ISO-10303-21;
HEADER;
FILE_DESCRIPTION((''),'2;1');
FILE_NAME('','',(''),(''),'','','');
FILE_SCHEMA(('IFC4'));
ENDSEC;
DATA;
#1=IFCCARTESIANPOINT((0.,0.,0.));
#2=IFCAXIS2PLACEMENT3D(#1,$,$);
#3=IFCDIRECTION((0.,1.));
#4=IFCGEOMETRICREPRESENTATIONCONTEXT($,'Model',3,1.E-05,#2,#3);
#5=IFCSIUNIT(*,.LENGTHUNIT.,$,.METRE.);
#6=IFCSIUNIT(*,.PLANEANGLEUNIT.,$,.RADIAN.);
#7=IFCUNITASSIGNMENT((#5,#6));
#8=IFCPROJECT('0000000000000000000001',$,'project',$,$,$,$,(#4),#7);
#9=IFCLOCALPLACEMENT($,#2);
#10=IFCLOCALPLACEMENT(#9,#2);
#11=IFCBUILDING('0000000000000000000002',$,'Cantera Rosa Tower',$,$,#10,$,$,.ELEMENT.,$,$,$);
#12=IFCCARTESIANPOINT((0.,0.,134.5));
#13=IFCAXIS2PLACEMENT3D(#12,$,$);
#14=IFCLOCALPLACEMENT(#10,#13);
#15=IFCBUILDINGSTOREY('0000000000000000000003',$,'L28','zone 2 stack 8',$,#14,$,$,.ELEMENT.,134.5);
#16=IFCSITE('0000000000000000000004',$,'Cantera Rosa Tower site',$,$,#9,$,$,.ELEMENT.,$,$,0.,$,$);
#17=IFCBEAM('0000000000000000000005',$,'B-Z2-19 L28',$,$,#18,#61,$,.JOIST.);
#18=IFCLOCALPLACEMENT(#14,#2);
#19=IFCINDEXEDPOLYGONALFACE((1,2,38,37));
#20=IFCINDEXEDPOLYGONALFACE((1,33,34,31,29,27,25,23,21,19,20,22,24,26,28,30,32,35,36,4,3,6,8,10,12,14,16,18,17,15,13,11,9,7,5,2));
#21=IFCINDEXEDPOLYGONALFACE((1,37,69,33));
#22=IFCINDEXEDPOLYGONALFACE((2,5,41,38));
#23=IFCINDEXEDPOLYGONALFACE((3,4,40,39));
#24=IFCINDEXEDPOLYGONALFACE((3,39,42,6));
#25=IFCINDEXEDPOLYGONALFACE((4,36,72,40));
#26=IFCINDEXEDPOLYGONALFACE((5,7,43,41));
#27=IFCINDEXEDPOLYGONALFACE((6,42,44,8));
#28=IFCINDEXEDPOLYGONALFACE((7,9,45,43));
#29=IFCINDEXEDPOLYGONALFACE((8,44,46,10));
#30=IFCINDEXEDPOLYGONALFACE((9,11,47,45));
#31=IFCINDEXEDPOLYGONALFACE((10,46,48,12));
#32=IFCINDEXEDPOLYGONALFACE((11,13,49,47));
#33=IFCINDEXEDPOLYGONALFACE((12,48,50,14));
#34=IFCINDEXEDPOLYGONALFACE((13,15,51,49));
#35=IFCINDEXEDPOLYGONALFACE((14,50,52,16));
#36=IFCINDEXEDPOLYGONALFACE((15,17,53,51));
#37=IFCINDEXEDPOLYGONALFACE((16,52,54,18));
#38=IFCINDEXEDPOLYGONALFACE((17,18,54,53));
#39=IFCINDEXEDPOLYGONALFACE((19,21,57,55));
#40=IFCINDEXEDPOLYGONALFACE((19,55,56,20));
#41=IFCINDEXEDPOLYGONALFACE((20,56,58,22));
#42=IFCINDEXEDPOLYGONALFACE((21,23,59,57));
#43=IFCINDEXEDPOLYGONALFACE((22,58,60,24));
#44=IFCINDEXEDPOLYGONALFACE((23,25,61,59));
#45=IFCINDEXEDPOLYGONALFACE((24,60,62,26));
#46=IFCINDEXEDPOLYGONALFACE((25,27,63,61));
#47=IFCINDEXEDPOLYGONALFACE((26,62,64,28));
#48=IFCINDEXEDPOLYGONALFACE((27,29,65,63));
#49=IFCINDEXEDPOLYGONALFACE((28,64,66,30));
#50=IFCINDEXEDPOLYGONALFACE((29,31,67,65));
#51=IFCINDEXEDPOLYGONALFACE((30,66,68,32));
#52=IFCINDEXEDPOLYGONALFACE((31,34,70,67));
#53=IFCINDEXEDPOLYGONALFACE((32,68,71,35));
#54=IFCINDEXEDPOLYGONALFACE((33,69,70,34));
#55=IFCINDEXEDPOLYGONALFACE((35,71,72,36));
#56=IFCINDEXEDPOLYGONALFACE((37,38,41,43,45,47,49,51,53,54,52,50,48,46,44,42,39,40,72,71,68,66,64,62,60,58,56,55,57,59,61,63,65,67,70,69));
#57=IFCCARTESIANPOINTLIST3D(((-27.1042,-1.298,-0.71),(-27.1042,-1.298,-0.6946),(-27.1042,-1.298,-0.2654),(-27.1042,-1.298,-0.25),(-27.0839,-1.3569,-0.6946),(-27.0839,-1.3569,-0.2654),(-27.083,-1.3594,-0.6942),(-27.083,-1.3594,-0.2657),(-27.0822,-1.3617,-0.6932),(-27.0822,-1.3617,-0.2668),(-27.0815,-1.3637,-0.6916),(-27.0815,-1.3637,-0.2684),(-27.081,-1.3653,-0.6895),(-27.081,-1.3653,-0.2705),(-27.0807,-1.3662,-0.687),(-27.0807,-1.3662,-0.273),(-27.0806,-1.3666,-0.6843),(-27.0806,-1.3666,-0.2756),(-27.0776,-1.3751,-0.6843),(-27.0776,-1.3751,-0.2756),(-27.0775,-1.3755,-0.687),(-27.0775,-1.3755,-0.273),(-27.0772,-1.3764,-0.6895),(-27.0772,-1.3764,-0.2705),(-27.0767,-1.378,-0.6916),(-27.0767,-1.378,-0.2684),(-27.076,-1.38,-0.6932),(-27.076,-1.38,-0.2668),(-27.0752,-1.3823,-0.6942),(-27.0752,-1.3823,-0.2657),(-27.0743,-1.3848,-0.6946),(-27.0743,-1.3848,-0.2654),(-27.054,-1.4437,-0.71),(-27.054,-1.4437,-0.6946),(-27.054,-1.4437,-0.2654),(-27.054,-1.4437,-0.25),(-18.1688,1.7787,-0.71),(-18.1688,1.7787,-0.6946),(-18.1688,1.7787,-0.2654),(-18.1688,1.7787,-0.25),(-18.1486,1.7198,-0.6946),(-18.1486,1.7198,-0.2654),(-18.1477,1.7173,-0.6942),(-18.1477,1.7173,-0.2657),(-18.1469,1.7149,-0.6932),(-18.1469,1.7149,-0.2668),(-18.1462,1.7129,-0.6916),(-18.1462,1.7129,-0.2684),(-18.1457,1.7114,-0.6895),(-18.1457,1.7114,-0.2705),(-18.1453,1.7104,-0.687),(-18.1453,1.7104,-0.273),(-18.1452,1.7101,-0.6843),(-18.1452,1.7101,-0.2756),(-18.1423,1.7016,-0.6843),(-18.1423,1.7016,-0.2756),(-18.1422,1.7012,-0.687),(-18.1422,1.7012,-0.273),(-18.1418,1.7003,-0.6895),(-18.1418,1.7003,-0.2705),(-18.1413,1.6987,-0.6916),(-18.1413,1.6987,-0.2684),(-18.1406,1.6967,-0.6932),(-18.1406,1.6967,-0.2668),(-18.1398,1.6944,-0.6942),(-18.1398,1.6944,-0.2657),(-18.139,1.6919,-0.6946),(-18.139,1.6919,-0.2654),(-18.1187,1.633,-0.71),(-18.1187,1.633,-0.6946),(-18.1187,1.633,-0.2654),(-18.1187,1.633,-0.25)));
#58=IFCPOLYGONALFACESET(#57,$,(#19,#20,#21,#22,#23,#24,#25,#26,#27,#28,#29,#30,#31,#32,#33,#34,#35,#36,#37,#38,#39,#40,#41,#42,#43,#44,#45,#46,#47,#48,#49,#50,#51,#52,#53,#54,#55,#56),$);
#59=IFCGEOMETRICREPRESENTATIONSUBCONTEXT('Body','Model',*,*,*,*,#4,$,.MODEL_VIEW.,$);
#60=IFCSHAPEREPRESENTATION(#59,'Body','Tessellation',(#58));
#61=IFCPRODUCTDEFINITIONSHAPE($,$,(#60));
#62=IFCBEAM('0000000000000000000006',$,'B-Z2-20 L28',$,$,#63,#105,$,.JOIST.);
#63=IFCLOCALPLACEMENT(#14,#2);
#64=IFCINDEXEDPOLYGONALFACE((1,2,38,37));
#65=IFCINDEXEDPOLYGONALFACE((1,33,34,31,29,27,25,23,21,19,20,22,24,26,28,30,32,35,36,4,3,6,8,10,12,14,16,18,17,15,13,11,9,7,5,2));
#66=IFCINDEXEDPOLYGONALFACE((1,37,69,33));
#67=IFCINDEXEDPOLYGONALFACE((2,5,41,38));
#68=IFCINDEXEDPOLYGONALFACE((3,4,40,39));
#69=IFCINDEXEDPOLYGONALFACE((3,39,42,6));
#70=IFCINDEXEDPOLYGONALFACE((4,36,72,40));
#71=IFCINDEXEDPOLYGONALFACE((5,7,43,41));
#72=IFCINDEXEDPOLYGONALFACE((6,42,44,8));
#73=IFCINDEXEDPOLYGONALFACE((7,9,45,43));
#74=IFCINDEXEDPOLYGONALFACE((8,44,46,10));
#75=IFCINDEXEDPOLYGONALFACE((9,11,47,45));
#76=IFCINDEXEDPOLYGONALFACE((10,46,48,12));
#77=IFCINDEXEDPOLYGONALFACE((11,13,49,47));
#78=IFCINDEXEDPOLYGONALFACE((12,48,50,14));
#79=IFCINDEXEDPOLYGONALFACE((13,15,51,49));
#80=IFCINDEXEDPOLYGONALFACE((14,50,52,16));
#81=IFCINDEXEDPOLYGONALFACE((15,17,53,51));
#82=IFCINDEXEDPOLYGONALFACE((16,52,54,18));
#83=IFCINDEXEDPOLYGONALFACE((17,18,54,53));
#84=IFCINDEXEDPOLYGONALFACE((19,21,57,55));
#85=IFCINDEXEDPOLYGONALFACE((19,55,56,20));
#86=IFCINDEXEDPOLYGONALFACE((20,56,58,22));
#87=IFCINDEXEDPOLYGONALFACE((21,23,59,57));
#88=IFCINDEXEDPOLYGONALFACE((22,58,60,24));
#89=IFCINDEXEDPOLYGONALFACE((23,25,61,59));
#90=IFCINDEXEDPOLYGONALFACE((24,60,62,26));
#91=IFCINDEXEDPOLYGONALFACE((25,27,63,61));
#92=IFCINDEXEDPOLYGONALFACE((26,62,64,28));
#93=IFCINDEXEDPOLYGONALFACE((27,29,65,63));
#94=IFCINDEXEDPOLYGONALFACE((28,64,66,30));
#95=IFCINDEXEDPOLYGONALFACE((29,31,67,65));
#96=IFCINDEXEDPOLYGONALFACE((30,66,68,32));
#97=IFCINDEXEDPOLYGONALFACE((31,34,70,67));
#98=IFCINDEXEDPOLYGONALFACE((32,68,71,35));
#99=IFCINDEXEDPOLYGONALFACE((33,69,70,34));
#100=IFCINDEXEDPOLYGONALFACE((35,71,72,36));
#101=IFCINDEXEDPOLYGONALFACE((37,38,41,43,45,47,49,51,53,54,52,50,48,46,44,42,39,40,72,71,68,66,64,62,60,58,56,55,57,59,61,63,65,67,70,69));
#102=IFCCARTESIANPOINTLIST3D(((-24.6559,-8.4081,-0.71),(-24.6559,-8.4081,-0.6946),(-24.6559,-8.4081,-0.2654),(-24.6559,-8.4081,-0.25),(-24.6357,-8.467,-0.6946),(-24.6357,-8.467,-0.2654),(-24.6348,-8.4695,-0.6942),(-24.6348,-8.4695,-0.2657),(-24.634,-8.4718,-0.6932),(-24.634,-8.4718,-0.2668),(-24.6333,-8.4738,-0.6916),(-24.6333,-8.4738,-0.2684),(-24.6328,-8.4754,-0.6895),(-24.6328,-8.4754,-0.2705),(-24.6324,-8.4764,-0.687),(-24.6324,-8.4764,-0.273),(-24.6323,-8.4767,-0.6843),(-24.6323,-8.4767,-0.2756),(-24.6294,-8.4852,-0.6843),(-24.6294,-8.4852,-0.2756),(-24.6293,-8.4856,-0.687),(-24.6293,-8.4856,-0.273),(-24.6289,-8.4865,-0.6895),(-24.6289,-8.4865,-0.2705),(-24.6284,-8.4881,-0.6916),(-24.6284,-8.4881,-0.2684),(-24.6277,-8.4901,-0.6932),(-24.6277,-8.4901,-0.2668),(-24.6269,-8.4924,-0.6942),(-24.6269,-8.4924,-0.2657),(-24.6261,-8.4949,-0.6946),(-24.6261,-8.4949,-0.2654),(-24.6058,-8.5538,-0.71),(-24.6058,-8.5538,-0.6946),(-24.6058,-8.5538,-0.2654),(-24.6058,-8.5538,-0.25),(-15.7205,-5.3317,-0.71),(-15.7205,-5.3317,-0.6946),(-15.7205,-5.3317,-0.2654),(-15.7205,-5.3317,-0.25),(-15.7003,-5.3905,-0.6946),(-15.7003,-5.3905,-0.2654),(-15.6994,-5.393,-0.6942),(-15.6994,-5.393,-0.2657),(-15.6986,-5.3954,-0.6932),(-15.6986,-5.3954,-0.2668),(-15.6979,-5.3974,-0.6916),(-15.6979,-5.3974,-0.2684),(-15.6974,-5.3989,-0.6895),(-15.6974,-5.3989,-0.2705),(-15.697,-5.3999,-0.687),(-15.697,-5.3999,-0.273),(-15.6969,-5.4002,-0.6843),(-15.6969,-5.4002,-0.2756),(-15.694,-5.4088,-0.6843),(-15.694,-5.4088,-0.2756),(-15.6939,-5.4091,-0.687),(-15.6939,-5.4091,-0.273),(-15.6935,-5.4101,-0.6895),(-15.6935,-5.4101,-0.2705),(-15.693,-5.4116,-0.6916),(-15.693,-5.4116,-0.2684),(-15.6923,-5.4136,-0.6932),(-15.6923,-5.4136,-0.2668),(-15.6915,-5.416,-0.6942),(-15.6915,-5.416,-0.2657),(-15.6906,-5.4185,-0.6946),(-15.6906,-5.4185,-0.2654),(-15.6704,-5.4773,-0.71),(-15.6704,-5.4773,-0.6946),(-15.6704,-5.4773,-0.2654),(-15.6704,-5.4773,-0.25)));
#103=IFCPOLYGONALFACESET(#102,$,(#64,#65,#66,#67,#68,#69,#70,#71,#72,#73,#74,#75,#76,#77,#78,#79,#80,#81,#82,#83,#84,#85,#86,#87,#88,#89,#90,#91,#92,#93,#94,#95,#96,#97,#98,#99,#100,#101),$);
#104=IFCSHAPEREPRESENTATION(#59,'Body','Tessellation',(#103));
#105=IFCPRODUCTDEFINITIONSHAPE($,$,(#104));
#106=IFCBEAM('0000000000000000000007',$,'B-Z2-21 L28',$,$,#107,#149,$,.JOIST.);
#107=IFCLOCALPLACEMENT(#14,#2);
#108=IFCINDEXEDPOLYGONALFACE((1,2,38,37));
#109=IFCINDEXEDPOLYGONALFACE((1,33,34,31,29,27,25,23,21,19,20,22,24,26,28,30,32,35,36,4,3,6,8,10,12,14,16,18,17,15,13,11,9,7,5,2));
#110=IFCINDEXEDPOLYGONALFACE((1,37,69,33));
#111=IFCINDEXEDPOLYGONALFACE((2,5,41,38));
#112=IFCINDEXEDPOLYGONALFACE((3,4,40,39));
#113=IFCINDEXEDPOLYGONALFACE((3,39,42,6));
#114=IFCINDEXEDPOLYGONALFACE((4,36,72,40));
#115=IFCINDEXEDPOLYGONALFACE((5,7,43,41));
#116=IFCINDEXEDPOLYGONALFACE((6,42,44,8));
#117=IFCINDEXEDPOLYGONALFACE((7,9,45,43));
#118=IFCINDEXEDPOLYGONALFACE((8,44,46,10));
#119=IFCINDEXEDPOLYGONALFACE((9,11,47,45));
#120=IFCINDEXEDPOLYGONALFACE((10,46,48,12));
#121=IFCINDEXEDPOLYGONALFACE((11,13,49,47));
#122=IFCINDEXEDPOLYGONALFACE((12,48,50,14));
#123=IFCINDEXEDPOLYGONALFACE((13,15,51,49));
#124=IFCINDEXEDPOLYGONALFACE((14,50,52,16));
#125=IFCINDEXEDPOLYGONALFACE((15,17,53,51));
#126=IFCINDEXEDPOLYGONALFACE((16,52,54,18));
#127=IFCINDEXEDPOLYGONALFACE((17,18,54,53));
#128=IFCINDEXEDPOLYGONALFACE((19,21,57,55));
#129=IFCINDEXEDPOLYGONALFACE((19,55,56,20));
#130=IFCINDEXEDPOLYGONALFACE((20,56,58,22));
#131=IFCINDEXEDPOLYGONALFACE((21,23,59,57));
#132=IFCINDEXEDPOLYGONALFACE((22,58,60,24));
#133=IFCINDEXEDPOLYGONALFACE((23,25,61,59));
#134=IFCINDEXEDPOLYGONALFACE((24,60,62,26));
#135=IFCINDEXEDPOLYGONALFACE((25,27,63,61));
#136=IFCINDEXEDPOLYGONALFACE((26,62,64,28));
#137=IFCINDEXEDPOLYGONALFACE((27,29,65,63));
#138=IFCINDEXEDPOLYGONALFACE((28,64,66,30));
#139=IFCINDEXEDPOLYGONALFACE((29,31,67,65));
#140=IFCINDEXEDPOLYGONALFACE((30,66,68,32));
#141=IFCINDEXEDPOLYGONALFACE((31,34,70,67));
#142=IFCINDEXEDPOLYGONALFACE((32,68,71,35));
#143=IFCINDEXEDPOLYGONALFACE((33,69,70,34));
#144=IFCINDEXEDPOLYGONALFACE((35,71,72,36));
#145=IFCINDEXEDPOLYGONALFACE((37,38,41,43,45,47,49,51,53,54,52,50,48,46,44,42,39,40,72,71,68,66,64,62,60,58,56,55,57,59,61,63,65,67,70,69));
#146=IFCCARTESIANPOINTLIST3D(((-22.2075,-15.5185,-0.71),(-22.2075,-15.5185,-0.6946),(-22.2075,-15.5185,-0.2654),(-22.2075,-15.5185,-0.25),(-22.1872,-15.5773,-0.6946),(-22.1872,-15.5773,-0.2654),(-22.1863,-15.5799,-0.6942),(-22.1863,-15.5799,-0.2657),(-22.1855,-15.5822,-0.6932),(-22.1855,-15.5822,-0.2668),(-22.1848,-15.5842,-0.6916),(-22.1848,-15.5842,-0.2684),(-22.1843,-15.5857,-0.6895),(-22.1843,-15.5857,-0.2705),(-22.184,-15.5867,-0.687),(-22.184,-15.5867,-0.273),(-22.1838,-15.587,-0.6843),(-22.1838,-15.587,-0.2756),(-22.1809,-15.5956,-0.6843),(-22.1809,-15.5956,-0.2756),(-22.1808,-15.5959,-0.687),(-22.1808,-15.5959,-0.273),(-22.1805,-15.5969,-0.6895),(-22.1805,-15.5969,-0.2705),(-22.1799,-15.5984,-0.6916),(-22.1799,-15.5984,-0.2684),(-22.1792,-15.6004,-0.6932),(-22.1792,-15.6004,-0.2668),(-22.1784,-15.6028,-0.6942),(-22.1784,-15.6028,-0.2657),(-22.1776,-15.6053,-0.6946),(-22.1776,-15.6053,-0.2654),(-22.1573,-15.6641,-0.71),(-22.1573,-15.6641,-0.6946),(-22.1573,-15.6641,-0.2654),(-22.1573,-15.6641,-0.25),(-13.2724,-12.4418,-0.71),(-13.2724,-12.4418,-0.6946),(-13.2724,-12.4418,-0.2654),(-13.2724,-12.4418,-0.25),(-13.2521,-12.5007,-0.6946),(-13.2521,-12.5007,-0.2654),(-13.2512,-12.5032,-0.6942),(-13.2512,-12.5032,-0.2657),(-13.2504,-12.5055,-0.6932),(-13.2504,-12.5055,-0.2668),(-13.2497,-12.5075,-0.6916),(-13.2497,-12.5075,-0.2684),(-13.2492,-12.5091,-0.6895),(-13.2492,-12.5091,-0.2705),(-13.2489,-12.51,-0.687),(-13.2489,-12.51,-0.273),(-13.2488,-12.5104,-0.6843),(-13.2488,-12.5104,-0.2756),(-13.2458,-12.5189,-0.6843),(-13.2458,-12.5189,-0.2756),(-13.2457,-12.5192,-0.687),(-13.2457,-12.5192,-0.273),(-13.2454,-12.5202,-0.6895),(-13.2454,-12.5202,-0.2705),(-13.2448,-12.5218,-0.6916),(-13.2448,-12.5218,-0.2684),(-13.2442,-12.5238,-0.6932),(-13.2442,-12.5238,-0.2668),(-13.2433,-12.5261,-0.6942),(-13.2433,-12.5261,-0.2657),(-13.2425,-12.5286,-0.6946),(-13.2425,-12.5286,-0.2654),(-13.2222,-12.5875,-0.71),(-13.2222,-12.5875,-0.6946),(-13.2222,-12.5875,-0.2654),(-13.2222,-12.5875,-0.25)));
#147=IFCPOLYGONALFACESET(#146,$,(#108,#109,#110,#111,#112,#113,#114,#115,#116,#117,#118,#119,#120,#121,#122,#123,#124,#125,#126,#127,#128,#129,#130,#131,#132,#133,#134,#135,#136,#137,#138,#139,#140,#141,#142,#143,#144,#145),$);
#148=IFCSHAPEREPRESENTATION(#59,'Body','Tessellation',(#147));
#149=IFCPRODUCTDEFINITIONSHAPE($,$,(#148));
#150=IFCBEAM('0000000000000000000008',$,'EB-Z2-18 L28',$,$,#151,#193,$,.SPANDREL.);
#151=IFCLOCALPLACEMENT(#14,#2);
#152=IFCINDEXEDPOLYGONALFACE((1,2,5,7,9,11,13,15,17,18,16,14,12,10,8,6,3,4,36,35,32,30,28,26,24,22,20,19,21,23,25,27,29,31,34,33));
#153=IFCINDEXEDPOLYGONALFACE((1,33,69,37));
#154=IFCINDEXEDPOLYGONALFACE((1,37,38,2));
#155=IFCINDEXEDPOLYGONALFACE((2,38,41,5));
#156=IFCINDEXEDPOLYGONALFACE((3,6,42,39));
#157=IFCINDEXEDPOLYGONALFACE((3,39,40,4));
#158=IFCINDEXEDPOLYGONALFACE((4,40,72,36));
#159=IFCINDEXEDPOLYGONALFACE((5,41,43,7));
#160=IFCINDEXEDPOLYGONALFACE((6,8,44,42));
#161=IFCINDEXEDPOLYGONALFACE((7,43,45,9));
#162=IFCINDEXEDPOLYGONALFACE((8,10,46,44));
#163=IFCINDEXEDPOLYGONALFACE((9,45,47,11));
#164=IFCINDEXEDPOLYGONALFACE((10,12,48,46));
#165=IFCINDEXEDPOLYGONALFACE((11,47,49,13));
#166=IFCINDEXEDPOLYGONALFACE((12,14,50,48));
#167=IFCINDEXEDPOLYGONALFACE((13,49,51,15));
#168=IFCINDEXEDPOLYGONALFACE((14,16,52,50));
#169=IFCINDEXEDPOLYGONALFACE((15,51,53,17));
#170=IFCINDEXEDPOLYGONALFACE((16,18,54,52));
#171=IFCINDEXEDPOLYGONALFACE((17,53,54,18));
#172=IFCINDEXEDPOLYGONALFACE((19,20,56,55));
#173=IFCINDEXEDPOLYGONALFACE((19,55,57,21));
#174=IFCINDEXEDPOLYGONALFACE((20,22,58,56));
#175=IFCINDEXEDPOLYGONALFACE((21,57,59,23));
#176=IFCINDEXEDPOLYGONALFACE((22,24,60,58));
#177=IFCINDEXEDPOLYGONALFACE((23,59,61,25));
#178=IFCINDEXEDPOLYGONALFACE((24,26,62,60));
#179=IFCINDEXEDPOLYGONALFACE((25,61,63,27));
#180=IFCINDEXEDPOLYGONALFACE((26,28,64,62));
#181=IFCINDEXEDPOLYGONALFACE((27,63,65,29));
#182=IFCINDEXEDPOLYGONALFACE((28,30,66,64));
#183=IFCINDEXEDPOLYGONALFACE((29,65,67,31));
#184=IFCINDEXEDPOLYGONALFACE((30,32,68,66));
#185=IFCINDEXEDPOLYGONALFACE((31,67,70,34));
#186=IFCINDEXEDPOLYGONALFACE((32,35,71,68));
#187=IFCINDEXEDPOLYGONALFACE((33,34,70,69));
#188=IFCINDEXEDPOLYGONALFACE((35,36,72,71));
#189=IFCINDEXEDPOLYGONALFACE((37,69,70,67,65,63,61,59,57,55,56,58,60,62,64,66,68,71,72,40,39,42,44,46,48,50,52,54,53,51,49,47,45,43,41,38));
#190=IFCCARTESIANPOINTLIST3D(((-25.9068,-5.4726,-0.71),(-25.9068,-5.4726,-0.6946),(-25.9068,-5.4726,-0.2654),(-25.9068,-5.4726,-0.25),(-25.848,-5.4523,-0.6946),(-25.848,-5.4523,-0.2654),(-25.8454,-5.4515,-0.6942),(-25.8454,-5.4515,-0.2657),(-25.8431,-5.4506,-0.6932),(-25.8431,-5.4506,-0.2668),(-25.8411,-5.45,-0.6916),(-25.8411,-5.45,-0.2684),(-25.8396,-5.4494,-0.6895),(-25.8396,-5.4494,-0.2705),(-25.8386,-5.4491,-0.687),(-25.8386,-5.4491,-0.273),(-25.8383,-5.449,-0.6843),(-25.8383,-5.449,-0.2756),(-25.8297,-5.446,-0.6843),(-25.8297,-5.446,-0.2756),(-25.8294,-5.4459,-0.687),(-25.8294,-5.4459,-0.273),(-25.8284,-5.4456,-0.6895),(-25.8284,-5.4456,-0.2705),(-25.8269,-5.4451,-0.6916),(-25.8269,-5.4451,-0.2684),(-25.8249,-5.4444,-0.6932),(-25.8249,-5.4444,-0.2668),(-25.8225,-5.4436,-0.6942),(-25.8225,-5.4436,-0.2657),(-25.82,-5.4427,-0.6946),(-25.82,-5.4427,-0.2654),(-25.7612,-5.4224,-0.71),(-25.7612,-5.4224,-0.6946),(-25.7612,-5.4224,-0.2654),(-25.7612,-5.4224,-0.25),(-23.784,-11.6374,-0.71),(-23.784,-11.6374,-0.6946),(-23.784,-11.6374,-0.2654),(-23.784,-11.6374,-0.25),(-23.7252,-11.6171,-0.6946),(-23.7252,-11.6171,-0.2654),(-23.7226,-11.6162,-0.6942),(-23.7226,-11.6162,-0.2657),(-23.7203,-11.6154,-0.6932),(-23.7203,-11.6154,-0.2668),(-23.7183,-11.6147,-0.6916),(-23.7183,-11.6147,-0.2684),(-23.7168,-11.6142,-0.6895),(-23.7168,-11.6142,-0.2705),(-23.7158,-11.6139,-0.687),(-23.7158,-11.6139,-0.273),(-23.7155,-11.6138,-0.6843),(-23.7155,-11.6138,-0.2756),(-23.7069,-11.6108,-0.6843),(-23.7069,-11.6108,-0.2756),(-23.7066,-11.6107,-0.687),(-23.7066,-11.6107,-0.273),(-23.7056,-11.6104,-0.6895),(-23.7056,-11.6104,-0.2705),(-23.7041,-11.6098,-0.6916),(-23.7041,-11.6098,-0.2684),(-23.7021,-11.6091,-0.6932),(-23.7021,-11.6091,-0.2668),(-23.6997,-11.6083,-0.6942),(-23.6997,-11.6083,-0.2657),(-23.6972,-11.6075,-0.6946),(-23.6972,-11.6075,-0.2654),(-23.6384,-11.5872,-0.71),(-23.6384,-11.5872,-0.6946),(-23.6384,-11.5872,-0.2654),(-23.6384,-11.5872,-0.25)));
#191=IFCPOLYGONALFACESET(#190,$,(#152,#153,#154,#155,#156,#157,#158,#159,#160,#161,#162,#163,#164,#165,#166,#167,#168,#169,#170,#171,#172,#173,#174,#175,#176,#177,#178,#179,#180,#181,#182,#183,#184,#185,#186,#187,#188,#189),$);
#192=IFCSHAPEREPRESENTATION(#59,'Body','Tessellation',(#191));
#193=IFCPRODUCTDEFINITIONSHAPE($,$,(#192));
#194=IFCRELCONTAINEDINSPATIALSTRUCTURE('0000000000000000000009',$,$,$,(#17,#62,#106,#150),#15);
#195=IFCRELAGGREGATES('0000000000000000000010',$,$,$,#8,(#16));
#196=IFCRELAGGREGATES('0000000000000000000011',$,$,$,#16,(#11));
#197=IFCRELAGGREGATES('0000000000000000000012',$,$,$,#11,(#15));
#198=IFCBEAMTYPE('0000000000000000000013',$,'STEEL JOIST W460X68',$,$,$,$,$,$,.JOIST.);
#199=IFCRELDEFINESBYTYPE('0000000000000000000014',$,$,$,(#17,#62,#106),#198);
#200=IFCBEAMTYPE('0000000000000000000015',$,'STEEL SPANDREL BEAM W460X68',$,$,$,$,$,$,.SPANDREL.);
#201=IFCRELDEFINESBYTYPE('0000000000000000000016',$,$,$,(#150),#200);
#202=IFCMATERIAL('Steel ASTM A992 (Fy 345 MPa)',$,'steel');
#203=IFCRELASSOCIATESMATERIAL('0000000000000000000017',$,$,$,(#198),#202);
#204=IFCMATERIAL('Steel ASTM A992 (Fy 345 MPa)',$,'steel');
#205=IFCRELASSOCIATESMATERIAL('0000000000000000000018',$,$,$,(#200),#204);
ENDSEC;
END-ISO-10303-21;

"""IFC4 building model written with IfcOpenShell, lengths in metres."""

from ifc_helpers import new_model, si_unit, direction, frame, origin, origin_2d, place, context, subcontext, project, spatial, i_section, extrude, material, material_profile, profile_set, type_object, element, save


model = new_model("IFC4")

# Units and contexts
model_context = context("Model", 3, precision=1e-05, world=origin(), true_north=direction((0.0, 1.0)))
body_context = subcontext(model_context, "Body", "Model", "MODEL_VIEW")
ifc_project = project(units=[si_unit("LENGTHUNIT", "METRE"), si_unit("PLANEANGLEUNIT", "RADIAN")], contexts=[model_context])

# Site, building, storey
site_placement = place(None, origin())
site = spatial("IfcSite", under=ifc_project, at=site_placement, Name="Cantera Rosa Tower site", CompositionType="ELEMENT", RefElevation=0.0)
building_placement = place(site_placement, origin())
building = spatial("IfcBuilding", under=site, at=building_placement, Name="Cantera Rosa Tower", CompositionType="ELEMENT")
storey_placement = place(building_placement, frame((0.0, 0.0, 134.5)))
storey = spatial("IfcBuildingStorey", under=building, at=storey_placement, Name="L28", Description="zone 2 stack 8", CompositionType="ELEMENT", Elevation=134.5)

# Beams
ifc_material_1 = material(Name="Steel ASTM A992 (Fy 345 MPa)", Category="steel")
ifc_material_profile_1 = material_profile(ifc_material_1, i_section(OverallWidth=0.1541, OverallDepth=0.46, WebThickness=0.009, FlangeThickness=0.0154, FilletRadius=0.0103, at=origin_2d()), Name="W460X68")
ifc_profile_set_1 = profile_set([ifc_material_profile_1], Name="Steel ASTM A992 (Fy 345 MPa)")
beam_type_1 = type_object("IfcBeamType", Name="STEEL JOIST W460X68", PredefinedType="JOIST", material=ifc_profile_set_1)
for number, where, z_axis, x_axis, name in (
    (1, (-27.0791, -1.3708, -0.48), (0.945519, 0.325567, 0.0), (-0.325567, 0.945519, 0.0), "B-Z2-19 L28"),
    (2, (-24.6309, -8.481, -0.48), (0.945527, 0.325544, 0.0), (-0.325544, 0.945527, 0.0), "B-Z2-20 L28"),
):
    element("IfcBeam", number, at=place(storey_placement, frame(where, z_axis=z_axis, x_axis=x_axis)), inside=storey, type_object=beam_type_1, Name=name, PredefinedType="JOIST", context=body_context, shape_type="SweptSolid", body=[
        extrude(i_section(OverallWidth=0.1541, OverallDepth=0.46, WebThickness=0.009, FlangeThickness=0.0154, FilletRadius=0.0103, at=origin_2d()), origin(), (0.0, 0.0, 1.0), 9.4502),
    ])
beam_1_placement = place(storey_placement, frame((-22.1824, -15.5913, -0.48), z_axis=(0.945516, 0.325575, 0.0), x_axis=(-0.325575, 0.945516, 0.0)))
element("IfcBeam", 3, at=beam_1_placement, inside=storey, type_object=beam_type_1, Name="B-Z2-21 L28", PredefinedType="JOIST", context=body_context, shape_type="SweptSolid", body=[
    extrude(i_section(OverallWidth=0.1541, OverallDepth=0.46, WebThickness=0.009, FlangeThickness=0.0154, FilletRadius=0.0103, at=origin_2d()), origin(), (0.0, 0.0, 1.0), 9.45),
])
ifc_material_2 = material(Name="Steel ASTM A992 (Fy 345 MPa)", Category="steel")
ifc_material_profile_2 = material_profile(ifc_material_2, i_section(OverallWidth=0.1541, OverallDepth=0.46, WebThickness=0.009, FlangeThickness=0.0154, FilletRadius=0.0103, at=origin_2d()), Name="W460X68")
ifc_profile_set_2 = profile_set([ifc_material_profile_2], Name="Steel ASTM A992 (Fy 345 MPa)")
beam_type_2 = type_object("IfcBeamType", Name="STEEL SPANDREL BEAM W460X68", PredefinedType="SPANDREL", material=ifc_profile_set_2)
for number, where, z_axis, x_axis, name in (
    (4, (-25.834, -5.4475, -0.48), (0.325581, -0.945514, 0.0), (0.945514, 0.325581, 0.0), "EB-Z2-18 L28"),
):
    element("IfcBeam", number, at=place(storey_placement, frame(where, z_axis=z_axis, x_axis=x_axis)), inside=storey, type_object=beam_type_2, Name=name, PredefinedType="SPANDREL", context=body_context, shape_type="SweptSolid", body=[
        extrude(i_section(OverallWidth=0.1541, OverallDepth=0.46, WebThickness=0.009, FlangeThickness=0.0154, FilletRadius=0.0103, at=origin_2d()), origin(), (0.0, 0.0, 1.0), 6.52),
    ])

save(model, "model.ifc")
